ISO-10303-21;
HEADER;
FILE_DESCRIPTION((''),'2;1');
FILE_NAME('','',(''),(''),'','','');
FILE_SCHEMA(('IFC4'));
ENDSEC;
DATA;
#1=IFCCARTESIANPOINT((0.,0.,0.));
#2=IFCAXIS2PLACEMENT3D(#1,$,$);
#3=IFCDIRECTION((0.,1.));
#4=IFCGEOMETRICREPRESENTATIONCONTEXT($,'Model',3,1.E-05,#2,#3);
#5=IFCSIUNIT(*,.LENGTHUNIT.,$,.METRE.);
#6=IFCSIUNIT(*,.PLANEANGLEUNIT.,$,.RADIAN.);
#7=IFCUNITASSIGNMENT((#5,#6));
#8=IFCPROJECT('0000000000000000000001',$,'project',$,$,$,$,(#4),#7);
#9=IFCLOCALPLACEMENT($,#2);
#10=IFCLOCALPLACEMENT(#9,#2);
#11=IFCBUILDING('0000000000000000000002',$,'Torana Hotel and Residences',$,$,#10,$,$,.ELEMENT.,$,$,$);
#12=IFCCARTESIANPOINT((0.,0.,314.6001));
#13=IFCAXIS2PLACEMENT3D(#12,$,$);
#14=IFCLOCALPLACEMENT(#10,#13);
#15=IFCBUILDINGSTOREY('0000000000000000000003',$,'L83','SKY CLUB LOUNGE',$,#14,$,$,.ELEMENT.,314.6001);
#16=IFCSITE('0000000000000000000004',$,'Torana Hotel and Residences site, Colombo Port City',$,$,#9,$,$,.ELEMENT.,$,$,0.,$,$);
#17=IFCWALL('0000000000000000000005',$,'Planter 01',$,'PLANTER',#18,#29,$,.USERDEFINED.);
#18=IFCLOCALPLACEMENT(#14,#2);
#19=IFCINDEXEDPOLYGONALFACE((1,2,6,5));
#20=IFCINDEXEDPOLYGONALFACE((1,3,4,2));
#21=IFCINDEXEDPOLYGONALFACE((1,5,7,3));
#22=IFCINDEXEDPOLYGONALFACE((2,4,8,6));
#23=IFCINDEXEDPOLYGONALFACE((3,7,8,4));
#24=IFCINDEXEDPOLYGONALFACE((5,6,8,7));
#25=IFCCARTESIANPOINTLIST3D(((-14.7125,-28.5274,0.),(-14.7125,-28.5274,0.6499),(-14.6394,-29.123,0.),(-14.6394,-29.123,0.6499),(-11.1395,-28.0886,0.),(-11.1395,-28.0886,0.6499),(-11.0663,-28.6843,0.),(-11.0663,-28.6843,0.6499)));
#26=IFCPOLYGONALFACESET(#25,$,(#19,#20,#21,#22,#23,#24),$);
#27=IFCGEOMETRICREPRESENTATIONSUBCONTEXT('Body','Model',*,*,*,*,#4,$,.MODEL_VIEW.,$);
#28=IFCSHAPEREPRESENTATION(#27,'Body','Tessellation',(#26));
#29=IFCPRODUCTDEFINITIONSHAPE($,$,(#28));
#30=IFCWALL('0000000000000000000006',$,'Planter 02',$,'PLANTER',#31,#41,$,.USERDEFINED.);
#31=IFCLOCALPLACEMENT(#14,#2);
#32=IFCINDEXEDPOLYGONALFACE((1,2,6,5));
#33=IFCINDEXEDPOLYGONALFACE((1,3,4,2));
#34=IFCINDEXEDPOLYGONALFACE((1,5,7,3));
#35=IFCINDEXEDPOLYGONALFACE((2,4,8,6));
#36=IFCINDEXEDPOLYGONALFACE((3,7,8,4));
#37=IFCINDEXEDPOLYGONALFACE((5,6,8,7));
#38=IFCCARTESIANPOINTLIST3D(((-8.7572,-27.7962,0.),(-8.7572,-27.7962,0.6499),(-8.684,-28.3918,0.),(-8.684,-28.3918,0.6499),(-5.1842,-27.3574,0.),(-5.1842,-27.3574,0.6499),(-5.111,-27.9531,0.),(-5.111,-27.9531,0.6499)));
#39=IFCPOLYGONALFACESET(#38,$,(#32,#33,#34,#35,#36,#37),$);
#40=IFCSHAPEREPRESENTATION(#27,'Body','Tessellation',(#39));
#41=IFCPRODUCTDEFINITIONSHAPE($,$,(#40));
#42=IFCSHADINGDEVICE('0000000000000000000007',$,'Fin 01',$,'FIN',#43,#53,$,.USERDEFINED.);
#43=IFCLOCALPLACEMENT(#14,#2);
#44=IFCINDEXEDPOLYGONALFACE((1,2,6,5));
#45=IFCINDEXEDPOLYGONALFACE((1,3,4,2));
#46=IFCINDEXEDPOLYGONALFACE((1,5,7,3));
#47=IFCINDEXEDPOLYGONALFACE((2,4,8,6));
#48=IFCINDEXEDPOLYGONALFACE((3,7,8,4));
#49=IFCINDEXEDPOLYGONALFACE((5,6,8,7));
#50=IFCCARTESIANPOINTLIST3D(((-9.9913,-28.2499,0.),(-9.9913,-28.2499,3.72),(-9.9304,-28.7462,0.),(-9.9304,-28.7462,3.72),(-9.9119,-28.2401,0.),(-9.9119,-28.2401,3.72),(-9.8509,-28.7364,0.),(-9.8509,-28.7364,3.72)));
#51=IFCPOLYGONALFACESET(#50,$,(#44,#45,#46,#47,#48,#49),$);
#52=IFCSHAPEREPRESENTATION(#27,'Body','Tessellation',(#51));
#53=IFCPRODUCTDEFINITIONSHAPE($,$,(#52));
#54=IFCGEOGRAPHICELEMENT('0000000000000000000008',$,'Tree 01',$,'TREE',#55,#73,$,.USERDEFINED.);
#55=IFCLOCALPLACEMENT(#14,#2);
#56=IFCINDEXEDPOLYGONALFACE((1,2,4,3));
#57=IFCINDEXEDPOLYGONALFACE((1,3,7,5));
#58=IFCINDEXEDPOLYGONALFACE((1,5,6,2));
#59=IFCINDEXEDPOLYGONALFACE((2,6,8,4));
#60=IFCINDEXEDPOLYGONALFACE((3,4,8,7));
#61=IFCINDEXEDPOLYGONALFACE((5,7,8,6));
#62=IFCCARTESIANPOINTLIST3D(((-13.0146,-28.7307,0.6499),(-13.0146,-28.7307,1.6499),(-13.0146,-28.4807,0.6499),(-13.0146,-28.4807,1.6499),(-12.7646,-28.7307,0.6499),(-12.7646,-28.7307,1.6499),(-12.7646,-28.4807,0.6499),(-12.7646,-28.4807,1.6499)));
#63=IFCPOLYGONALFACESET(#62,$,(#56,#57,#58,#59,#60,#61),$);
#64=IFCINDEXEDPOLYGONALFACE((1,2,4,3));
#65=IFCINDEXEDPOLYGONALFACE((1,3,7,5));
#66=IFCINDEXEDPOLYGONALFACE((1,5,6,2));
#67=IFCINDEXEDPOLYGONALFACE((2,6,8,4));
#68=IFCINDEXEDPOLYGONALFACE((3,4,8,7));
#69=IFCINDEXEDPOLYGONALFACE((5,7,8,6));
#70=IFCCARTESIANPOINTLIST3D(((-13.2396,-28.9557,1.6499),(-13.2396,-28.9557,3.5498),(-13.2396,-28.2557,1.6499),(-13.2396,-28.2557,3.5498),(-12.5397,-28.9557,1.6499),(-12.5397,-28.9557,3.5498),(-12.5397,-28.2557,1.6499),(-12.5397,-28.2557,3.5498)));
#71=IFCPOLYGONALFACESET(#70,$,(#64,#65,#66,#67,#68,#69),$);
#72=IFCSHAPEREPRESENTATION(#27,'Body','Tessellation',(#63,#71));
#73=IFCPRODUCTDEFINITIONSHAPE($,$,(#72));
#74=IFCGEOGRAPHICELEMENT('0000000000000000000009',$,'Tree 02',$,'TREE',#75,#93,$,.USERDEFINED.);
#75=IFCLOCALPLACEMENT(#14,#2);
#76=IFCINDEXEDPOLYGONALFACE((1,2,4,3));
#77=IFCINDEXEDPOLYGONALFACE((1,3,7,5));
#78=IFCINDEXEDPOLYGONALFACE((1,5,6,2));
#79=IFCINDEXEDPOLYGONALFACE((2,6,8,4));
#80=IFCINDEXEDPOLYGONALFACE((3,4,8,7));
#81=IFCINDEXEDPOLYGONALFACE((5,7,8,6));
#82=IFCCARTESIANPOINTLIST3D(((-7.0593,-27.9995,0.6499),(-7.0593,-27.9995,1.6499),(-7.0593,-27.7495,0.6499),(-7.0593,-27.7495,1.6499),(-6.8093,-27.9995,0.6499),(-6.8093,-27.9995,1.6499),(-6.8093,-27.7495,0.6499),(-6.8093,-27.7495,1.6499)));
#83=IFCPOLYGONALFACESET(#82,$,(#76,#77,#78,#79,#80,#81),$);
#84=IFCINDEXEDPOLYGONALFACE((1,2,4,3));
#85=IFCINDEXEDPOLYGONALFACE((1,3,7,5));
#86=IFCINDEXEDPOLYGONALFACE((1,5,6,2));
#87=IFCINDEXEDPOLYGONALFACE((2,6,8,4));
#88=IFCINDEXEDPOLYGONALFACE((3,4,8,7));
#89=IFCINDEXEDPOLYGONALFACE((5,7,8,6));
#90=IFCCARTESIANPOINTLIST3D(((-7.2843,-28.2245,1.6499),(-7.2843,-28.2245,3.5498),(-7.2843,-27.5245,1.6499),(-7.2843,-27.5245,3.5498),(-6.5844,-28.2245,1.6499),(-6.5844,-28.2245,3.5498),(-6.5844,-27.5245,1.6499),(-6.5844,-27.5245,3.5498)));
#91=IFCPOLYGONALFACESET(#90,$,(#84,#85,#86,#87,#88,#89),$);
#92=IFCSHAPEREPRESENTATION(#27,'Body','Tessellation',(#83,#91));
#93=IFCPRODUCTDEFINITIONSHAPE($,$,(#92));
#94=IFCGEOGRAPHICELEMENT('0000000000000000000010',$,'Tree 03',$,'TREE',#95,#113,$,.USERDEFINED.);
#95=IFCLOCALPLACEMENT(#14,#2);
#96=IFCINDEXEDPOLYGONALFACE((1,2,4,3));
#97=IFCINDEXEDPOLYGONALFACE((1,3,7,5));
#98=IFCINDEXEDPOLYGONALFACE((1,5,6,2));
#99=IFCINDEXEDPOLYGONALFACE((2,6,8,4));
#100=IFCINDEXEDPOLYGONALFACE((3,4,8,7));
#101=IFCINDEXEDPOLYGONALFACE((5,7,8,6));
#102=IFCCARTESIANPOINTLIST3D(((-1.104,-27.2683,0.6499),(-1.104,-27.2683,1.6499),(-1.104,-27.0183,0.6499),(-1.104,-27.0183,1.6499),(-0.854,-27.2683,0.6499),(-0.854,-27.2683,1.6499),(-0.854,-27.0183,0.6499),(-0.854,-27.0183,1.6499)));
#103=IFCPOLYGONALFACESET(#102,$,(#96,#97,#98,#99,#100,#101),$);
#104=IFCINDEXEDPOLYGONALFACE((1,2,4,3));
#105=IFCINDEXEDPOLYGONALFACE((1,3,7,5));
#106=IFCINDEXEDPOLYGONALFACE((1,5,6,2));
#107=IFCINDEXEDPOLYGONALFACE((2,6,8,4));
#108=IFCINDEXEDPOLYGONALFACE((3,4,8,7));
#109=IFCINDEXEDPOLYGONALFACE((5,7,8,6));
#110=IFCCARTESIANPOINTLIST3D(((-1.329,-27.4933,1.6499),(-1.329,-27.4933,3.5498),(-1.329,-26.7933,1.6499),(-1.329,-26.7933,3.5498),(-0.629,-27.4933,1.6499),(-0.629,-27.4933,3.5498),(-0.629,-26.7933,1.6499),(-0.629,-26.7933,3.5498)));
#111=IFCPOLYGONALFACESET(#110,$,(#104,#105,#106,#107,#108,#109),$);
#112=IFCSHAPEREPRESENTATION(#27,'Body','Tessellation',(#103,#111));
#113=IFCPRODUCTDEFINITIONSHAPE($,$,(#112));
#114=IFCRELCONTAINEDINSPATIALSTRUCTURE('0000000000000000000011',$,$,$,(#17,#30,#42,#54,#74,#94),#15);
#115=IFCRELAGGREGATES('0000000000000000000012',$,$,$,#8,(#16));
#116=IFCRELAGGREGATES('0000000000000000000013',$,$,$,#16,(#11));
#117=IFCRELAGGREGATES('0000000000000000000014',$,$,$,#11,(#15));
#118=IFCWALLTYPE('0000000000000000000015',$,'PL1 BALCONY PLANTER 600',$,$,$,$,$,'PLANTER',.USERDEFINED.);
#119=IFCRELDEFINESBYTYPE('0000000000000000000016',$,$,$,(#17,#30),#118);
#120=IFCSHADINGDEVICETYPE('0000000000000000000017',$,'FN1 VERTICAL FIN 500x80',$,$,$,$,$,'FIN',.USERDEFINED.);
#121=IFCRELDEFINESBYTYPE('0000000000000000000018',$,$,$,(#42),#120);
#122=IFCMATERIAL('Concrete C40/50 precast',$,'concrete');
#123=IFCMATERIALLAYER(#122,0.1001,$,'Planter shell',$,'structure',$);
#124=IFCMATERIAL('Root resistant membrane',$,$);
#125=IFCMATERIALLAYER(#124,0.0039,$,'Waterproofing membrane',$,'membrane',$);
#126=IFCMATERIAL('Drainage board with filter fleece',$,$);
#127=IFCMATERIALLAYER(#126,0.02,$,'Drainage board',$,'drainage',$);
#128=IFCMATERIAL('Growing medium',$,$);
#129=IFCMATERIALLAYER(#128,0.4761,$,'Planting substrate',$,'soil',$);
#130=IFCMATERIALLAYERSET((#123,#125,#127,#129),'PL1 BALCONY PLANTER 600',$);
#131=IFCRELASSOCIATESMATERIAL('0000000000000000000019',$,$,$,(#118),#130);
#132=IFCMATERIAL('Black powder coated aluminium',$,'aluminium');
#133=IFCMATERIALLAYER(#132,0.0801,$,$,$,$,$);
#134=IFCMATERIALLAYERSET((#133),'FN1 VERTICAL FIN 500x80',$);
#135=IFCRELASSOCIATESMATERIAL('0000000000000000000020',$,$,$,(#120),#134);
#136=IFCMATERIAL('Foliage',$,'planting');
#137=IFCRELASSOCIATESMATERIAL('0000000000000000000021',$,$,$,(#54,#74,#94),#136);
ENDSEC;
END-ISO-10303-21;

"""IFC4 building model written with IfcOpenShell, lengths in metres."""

from ifc_helpers import new_model, si_unit, direction, frame, frame_2d, origin, origin_2d, place, context, subcontext, project, spatial, rectangle, extrude, material, layer, layer_set, type_object, element, save


model = new_model("IFC4")

# Units and contexts
model_context = context("Model", 3, precision=1e-05, world=origin(), true_north=direction((0.0, 1.0)))
body_context = subcontext(model_context, "Body", "Model", "MODEL_VIEW")
ifc_project = project(units=[si_unit("LENGTHUNIT", "METRE"), si_unit("PLANEANGLEUNIT", "RADIAN")], contexts=[model_context])

# Site, building, storey
site_placement = place(None, origin())
site = spatial("IfcSite", under=ifc_project, at=site_placement, Name="Torana Hotel and Residences site, Colombo Port City", CompositionType="ELEMENT", RefElevation=0.0)
building_placement = place(site_placement, origin())
building = spatial("IfcBuilding", under=site, at=building_placement, Name="Torana Hotel and Residences", CompositionType="ELEMENT")
storey_placement = place(building_placement, frame((0.0, 0.0, 314.6001)))
storey = spatial("IfcBuildingStorey", under=building, at=storey_placement, Name="L83", Description="SKY CLUB LOUNGE", CompositionType="ELEMENT", Elevation=314.6001)

# Walls
ifc_material_1 = material(Name="Concrete C40/50 precast", Category="concrete")
ifc_layer_1 = layer(ifc_material_1, 0.1001, Name="Planter shell", Category="structure")
ifc_material_2 = material(Name="Root resistant membrane")
ifc_layer_2 = layer(ifc_material_2, 0.0039, Name="Waterproofing membrane", Category="membrane")
ifc_material_3 = material(Name="Drainage board with filter fleece")
ifc_layer_3 = layer(ifc_material_3, 0.02, Name="Drainage board", Category="drainage")
ifc_material_4 = material(Name="Growing medium")
ifc_layer_4 = layer(ifc_material_4, 0.4761, Name="Planting substrate", Category="soil")
ifc_layer_set_1 = layer_set([ifc_layer_1, ifc_layer_2, ifc_layer_3, ifc_layer_4], Name="PL1 BALCONY PLANTER 600")
wall_type_1 = type_object("IfcWallType", Name="PL1 BALCONY PLANTER 600", ElementType="PLANTER", PredefinedType="USERDEFINED", material=ifc_layer_set_1)
for number, where, z_axis, x_axis, name in (
    (1, (-11.103, -28.3865, 0.0), (0.0, 0.0, 1.0), (-0.992546, -0.121873, 0.0), "Planter 01"),
    (2, (-5.1477, -27.6553, 0.0), (0.0, 0.0, 1.0), (-0.992546, -0.121873, 0.0), "Planter 02"),
):
    element("IfcWall", number, at=place(storey_placement, frame(where, z_axis=z_axis, x_axis=x_axis)), inside=storey, type_object=wall_type_1, Name=name, ObjectType="PLANTER", PredefinedType="USERDEFINED", context=body_context, shape_type="SweptSolid", body=[
        extrude(rectangle(XDim=3.5999, YDim=0.6001, at=frame_2d((1.7998, 0.0))), origin(), (0.0, 0.0, 1.0), 0.6499),
    ])

# Shading device
ifc_material_5 = material(Name="Black powder coated aluminium", Category="aluminium")
ifc_layer_5 = layer(ifc_material_5, 0.0801)
ifc_layer_set_2 = layer_set([ifc_layer_5], Name="FN1 VERTICAL FIN 500x80")
shading_device_type = type_object("IfcShadingDeviceType", Name="FN1 VERTICAL FIN 500x80", ElementType="FIN", PredefinedType="USERDEFINED", material=ifc_layer_set_2)
shading_device_placement = place(storey_placement, frame((-9.9211, -28.4932, 0.0), z_axis=(0.0, 0.0, 1.0), x_axis=(-0.992547, -0.121866, 0.0)))
element("IfcShadingDevice", 3, at=shading_device_placement, inside=storey, type_object=shading_device_type, Name="Fin 01", ObjectType="FIN", PredefinedType="USERDEFINED", context=body_context, shape_type="SweptSolid", body=[
    extrude(rectangle(XDim=0.0801, YDim=0.5, at=origin_2d()), origin(), (0.0, 0.0, 1.0), 3.72),
])

# Geographic elements
ifc_material_6 = material(Name="Foliage", Category="planting")
for number, where, z_axis, x_axis, name in (
    (4, (-12.8896, -28.6057, 0.6499), (0.0, 0.0, 1.0), (1.0, 0.0, 0.0), "Tree 01"),
    (5, (-6.9343, -27.8745, 0.6499), (0.0, 0.0, 1.0), (1.0, 0.0, 0.0), "Tree 02"),
    (6, (-0.979, -27.1433, 0.6499), (0.0, 0.0, 1.0), (1.0, 0.0, 0.0), "Tree 03"),
):
    element("IfcGeographicElement", number, at=place(storey_placement, frame(where, z_axis=z_axis, x_axis=x_axis)), inside=storey, material=ifc_material_6, Name=name, ObjectType="TREE", PredefinedType="USERDEFINED", context=body_context, shape_type="SweptSolid", body=[
        extrude(rectangle(XDim=0.25, YDim=0.25, at=origin_2d()), origin(), (0.0, 0.0, 1.0), 1.0),
        extrude(rectangle(XDim=0.7, YDim=0.7, at=origin_2d()), frame((0.0, 0.0, 1.0)), (0.0, 0.0, 1.0), 1.8999),
    ])

save(model, "model.ifc")
